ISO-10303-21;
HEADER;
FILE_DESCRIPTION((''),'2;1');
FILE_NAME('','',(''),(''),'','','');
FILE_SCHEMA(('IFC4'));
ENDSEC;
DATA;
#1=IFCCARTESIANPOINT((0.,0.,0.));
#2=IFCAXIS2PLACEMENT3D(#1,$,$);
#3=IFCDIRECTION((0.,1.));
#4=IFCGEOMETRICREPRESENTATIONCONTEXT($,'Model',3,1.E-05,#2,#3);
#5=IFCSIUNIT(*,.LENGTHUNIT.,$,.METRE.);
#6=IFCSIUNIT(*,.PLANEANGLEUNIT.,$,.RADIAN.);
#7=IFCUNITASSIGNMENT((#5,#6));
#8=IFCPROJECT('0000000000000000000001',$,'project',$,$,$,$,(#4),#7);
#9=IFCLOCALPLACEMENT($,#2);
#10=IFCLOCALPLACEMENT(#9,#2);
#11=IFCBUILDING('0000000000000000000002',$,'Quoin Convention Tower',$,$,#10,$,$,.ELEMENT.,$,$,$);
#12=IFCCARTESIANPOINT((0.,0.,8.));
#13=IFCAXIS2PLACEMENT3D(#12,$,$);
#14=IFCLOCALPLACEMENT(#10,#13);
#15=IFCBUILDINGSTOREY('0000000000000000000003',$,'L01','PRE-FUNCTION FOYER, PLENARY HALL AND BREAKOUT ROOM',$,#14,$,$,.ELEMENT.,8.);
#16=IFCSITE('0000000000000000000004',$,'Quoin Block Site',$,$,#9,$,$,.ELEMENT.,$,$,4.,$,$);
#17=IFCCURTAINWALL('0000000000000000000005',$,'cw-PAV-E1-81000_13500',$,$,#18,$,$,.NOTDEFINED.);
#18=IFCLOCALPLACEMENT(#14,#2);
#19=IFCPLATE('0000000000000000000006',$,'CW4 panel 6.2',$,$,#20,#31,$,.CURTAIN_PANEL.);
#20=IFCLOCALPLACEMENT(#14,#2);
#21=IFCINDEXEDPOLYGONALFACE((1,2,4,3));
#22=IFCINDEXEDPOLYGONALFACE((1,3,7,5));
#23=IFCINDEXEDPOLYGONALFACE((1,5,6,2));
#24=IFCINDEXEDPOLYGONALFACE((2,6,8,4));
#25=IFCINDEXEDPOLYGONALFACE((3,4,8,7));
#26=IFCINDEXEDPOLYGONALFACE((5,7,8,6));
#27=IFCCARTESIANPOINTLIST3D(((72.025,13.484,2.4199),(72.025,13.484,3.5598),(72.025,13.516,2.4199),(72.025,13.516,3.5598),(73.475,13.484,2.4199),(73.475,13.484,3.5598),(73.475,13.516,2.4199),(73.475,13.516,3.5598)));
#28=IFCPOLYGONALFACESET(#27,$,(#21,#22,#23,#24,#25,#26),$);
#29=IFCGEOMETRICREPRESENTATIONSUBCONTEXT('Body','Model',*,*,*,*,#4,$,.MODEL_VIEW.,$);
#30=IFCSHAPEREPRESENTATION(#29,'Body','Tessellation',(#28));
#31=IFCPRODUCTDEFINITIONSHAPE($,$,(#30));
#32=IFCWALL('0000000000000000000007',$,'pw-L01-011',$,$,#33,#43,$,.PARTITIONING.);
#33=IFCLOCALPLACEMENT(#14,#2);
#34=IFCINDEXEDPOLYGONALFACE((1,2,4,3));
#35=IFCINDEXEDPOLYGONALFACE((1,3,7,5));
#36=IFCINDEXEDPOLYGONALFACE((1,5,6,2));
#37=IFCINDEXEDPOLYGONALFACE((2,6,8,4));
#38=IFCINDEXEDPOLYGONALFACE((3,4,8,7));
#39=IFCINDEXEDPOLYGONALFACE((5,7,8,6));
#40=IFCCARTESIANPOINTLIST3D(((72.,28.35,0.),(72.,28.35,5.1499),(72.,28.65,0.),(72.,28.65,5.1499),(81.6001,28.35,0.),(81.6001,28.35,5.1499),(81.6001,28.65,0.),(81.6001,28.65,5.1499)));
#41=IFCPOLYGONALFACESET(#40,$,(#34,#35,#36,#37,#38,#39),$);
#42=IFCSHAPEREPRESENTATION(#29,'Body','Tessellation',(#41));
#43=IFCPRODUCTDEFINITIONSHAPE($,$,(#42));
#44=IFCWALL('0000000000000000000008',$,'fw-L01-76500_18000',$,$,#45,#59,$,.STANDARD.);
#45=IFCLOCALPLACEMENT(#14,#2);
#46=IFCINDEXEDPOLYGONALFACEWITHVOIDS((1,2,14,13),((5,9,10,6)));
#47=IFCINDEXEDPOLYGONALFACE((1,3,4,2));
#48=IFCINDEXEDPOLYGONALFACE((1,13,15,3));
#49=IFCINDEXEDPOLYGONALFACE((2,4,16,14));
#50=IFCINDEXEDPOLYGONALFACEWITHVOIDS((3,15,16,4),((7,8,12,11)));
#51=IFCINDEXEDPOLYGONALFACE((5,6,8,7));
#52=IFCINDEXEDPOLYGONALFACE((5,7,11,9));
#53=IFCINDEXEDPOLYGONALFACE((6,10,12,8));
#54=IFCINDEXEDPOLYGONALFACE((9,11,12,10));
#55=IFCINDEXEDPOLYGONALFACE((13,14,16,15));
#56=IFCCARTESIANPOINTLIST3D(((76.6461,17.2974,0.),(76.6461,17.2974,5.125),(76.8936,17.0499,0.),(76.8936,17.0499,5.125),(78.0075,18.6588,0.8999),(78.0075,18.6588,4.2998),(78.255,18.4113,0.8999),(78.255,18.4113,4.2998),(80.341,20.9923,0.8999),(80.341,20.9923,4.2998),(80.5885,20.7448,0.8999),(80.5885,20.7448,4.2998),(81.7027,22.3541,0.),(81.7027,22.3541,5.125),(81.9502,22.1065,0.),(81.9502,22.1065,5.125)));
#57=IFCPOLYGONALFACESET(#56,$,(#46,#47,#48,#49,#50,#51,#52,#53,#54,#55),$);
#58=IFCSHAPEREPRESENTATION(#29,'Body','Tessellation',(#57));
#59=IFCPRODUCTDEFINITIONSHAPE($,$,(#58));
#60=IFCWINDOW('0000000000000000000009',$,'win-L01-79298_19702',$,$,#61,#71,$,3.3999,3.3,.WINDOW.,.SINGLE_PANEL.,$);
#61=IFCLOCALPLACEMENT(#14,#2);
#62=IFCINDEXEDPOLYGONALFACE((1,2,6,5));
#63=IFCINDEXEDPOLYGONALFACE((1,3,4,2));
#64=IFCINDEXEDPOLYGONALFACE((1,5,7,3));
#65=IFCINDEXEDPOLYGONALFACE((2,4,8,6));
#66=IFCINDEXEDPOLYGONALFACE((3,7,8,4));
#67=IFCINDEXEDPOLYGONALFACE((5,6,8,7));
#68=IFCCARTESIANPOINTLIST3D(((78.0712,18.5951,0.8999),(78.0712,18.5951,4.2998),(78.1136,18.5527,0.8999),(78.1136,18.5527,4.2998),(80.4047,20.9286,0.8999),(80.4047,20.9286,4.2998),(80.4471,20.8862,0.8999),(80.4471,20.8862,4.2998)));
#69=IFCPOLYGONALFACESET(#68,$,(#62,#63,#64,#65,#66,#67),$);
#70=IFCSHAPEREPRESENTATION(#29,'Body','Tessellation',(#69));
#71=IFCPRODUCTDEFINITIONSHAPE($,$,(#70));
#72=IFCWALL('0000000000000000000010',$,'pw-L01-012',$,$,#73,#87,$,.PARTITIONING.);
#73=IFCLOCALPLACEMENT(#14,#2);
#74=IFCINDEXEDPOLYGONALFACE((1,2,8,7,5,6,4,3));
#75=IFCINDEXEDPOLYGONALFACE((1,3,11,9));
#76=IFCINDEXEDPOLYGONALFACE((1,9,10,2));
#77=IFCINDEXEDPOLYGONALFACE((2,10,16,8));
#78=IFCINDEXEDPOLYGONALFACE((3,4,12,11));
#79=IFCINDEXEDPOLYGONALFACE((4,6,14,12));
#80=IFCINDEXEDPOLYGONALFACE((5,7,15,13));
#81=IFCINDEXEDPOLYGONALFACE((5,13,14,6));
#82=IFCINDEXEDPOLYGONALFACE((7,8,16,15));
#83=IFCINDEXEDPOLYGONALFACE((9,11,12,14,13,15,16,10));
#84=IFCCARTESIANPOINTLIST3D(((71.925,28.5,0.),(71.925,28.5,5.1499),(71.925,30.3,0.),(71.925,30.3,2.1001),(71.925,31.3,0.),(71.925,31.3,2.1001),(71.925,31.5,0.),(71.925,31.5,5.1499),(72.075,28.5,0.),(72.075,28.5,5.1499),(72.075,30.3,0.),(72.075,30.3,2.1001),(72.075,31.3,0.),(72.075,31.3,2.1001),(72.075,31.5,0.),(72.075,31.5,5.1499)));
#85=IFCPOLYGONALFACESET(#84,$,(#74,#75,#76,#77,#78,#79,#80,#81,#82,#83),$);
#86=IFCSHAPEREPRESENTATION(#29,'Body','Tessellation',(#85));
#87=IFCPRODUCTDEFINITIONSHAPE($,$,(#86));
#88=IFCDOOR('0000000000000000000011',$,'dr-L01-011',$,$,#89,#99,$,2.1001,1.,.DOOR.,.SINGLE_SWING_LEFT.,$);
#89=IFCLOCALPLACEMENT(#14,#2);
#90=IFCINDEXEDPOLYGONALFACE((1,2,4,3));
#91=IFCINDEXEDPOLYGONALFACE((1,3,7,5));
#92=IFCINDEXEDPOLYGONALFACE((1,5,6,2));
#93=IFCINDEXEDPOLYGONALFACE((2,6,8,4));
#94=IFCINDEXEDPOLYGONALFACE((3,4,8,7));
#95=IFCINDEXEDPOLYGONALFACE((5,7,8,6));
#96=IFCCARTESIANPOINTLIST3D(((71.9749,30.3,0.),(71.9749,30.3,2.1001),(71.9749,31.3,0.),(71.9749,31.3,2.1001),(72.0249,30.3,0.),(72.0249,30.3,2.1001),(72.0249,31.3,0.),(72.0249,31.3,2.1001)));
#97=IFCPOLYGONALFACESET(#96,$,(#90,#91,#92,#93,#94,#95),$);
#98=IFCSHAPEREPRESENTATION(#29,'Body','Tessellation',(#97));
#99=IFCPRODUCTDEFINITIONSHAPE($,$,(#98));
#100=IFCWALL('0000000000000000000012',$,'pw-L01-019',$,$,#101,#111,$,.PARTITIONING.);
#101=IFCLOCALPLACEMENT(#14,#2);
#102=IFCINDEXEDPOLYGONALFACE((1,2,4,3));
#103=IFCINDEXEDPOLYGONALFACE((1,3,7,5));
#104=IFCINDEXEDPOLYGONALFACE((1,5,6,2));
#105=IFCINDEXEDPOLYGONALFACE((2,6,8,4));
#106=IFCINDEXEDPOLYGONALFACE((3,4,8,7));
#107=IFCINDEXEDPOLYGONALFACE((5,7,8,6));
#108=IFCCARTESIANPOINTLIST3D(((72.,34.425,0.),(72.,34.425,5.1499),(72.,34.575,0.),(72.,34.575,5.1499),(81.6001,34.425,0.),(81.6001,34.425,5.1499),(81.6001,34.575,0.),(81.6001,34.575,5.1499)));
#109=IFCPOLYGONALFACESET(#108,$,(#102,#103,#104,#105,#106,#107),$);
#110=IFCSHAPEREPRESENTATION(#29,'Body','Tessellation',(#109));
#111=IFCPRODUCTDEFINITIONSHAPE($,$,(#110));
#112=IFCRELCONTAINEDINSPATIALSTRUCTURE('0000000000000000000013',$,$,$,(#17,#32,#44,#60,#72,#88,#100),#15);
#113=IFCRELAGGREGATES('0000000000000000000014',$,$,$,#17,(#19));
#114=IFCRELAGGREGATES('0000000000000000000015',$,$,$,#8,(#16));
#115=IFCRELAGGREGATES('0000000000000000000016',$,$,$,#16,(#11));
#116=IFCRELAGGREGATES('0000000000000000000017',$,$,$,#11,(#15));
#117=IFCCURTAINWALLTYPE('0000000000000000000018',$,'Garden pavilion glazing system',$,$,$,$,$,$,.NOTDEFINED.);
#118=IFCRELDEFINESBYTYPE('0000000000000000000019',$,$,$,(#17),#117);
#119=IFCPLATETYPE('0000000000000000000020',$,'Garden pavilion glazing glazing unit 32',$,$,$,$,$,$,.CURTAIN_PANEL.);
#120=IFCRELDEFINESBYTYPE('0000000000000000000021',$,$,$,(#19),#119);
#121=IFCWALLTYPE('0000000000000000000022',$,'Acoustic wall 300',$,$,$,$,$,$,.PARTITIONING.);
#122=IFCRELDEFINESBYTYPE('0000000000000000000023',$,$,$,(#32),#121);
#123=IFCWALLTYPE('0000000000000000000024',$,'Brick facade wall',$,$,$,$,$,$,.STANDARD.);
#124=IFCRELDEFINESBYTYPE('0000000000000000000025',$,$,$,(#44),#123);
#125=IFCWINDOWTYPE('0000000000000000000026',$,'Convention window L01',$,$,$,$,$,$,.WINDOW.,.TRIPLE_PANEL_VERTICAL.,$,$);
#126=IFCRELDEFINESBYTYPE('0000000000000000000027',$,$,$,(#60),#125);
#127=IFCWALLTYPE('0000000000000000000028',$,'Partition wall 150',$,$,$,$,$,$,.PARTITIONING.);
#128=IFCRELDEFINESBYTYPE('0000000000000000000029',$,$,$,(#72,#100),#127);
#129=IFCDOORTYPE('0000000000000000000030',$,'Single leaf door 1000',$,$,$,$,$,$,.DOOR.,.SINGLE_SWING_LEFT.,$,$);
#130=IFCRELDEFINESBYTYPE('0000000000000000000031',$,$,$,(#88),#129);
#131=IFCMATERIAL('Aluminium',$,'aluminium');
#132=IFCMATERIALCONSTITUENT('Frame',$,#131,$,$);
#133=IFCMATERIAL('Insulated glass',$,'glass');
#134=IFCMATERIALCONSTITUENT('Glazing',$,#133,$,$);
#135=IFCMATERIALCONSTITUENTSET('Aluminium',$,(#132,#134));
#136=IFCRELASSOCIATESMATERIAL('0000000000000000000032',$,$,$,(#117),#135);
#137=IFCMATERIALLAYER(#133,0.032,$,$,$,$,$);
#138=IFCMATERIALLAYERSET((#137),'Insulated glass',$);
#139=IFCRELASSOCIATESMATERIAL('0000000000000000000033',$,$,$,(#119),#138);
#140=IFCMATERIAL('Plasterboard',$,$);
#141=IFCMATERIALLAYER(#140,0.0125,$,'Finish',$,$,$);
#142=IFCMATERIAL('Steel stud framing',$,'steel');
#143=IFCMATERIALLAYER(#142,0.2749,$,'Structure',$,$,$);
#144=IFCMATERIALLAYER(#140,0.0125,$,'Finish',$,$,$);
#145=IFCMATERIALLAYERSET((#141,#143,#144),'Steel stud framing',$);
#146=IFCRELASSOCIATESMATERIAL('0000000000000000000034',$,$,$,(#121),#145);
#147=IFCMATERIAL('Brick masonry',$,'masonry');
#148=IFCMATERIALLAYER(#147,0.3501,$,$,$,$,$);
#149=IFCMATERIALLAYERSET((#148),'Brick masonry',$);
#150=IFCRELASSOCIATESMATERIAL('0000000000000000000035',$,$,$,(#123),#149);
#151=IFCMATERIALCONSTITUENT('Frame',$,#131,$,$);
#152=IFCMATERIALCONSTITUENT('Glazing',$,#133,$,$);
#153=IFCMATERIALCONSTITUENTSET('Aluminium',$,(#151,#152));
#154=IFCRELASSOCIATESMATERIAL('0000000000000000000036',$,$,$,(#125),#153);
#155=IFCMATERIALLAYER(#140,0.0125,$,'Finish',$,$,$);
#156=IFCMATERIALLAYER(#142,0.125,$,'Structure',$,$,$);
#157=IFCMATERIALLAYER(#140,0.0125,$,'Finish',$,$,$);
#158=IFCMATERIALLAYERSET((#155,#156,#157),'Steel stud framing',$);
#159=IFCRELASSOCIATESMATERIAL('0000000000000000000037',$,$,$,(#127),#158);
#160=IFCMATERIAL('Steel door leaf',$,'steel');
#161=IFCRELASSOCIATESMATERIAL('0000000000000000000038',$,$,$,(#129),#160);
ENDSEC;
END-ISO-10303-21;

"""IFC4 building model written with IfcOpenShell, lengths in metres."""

from ifc_helpers import new_model, si_unit, direction, frame, frame_2d, origin, origin_2d, place, context, subcontext, project, spatial, rectangle, extrude, material, layer, layer_set, constituent, constituent_set, type_object, element, fill, aggregate, save


model = new_model("IFC4")

# Units and contexts
model_context = context("Model", 3, precision=1e-05, world=origin(), true_north=direction((0.0, 1.0)))
body_context = subcontext(model_context, "Body", "Model", "MODEL_VIEW")
ifc_project = project(units=[si_unit("LENGTHUNIT", "METRE"), si_unit("PLANEANGLEUNIT", "RADIAN")], contexts=[model_context])

# Site, building, storey
site_placement = place(None, origin())
site = spatial("IfcSite", under=ifc_project, at=site_placement, Name="Quoin Block Site", CompositionType="ELEMENT", RefElevation=4.0)
building_placement = place(site_placement, origin())
building = spatial("IfcBuilding", under=site, at=building_placement, Name="Quoin Convention Tower", CompositionType="ELEMENT")
storey_placement = place(building_placement, frame((0.0, 0.0, 8.0)))
storey = spatial("IfcBuildingStorey", under=building, at=storey_placement, Name="L01", Description="PRE-FUNCTION FOYER, PLENARY HALL AND BREAKOUT ROOM", CompositionType="ELEMENT", Elevation=8.0)

# Curtain wall
ifc_material_1 = material(Name="Aluminium", Category="aluminium")
ifc_constituent_1 = constituent(ifc_material_1, Name="Frame")
ifc_material_2 = material(Name="Insulated glass", Category="glass")
ifc_constituent_2 = constituent(ifc_material_2, Name="Glazing")
ifc_constituent_set_1 = constituent_set(constituents=[ifc_constituent_1, ifc_constituent_2], Name="Aluminium")
curtain_wall_type = type_object("IfcCurtainWallType", Name="Garden pavilion glazing system", PredefinedType="NOTDEFINED", material=ifc_constituent_set_1)
curtain_wall_placement = place(storey_placement, origin())
curtain_wall = element("IfcCurtainWall", 1, at=curtain_wall_placement, inside=storey, type_object=curtain_wall_type, Name="cw-PAV-E1-81000_13500", PredefinedType="NOTDEFINED")

# Plate
ifc_layer_1 = layer(ifc_material_2, 0.032)
ifc_layer_set_1 = layer_set([ifc_layer_1], Name="Insulated glass")
plate_type = type_object("IfcPlateType", Name="Garden pavilion glazing glazing unit 32", PredefinedType="CURTAIN_PANEL", material=ifc_layer_set_1)
plate_1_placement = place(storey_placement, frame((72.75, 13.5, 2.4199), z_axis=(0.0, 0.0, 1.0), x_axis=(-1.0, 0.0, 0.0)))
plate_1 = element("IfcPlate", 2, at=plate_1_placement, type_object=plate_type, Name="CW4 panel 6.2", PredefinedType="CURTAIN_PANEL", context=body_context, shape_type="SweptSolid", body=[
    extrude(rectangle(XDim=1.45, YDim=0.032, at=origin_2d()), origin(), (0.0, 0.0, 1.0), 1.1399),
])
aggregate(curtain_wall, [plate_1])

# Wall
ifc_material_3 = material(Name="Plasterboard")
ifc_layer_2 = layer(ifc_material_3, 0.0125, Name="Finish")
ifc_material_4 = material(Name="Steel stud framing", Category="steel")
ifc_layer_3 = layer(ifc_material_4, 0.2749, Name="Structure")
ifc_layer_4 = layer(ifc_material_3, 0.0125, Name="Finish")
ifc_layer_set_2 = layer_set([ifc_layer_2, ifc_layer_3, ifc_layer_4], Name="Steel stud framing")
wall_type_1 = type_object("IfcWallType", Name="Acoustic wall 300", PredefinedType="PARTITIONING", material=ifc_layer_set_2)
wall_1_placement = place(storey_placement, frame((72.0, 28.5, 0.0), z_axis=(0.0, 0.0, 1.0), x_axis=(1.0, 0.0, 0.0)))
element("IfcWall", 3, at=wall_1_placement, inside=storey, type_object=wall_type_1, Name="pw-L01-011", PredefinedType="PARTITIONING", context=body_context, shape_type="SweptSolid", body=[
    extrude(rectangle(XDim=9.6001, YDim=0.3, at=frame_2d((4.8, 0.0))), origin(), (0.0, 0.0, 1.0), 5.1499),
])

# Wall, opening, window
ifc_material_5 = material(Name="Brick masonry", Category="masonry")
ifc_layer_5 = layer(ifc_material_5, 0.3501)
ifc_layer_set_3 = layer_set([ifc_layer_5], Name="Brick masonry")
wall_type_2 = type_object("IfcWallType", Name="Brick facade wall", PredefinedType="STANDARD", material=ifc_layer_set_3)
wall_2_placement = place(storey_placement, frame((76.7698, 17.1736, 0.0), z_axis=(0.0, 0.0, 1.0), x_axis=(0.707107, 0.707107, 0.0)))
wall_2 = element("IfcWall", 4, at=wall_2_placement, inside=storey, type_object=wall_type_2, Name="fw-L01-76500_18000", PredefinedType="STANDARD", context=body_context, shape_type="SweptSolid", body=[
    extrude(rectangle(XDim=7.1511, YDim=0.3501, at=frame_2d((3.5757, 0.0))), origin(), (0.0, 0.0, 1.0), 5.125),
])
opening_1_placement = place(wall_2_placement, frame((1.9255, 0.0, 0.8999)))
opening_1 = element("IfcOpeningElement", 5, at=opening_1_placement, cuts=wall_2, PredefinedType="OPENING", context=body_context, shape_type="SweptSolid", body=[
    extrude(rectangle(XDim=3.3, YDim=3.3999, at=frame_2d((1.6499, 1.7))), frame((0.0, 0.1851, 0.0), z_axis=(0.0, -1.0, 0.0), x_axis=(1.0, 0.0, 0.0)), (0.0, 0.0, 1.0), 0.3701),
])
ifc_constituent_3 = constituent(ifc_material_1, Name="Frame")
ifc_constituent_4 = constituent(ifc_material_2, Name="Glazing")
ifc_constituent_set_2 = constituent_set(constituents=[ifc_constituent_3, ifc_constituent_4], Name="Aluminium")
window_type = type_object("IfcWindowType", Name="Convention window L01", PartitioningType="TRIPLE_PANEL_VERTICAL", PredefinedType="WINDOW", material=ifc_constituent_set_2)
window_placement = place(opening_1_placement, origin())
window = element("IfcWindow", 6, at=window_placement, inside=storey, type_object=window_type, Name="win-L01-79298_19702", OverallHeight=3.3999, OverallWidth=3.3, PartitioningType="SINGLE_PANEL", PredefinedType="WINDOW", context=body_context, shape_type="SweptSolid", body=[
    extrude(rectangle(XDim=3.3, YDim=3.3999, at=frame_2d((1.6499, 1.7))), frame((0.0, 0.085, 0.0), z_axis=(0.0, -1.0, 0.0), x_axis=(1.0, 0.0, 0.0)), (0.0, 0.0, 1.0), 0.0601),
])
fill(opening_1, window)

# Wall, opening, door
ifc_layer_6 = layer(ifc_material_3, 0.0125, Name="Finish")
ifc_layer_7 = layer(ifc_material_4, 0.125, Name="Structure")
ifc_layer_8 = layer(ifc_material_3, 0.0125, Name="Finish")
ifc_layer_set_4 = layer_set([ifc_layer_6, ifc_layer_7, ifc_layer_8], Name="Steel stud framing")
wall_type_3 = type_object("IfcWallType", Name="Partition wall 150", PredefinedType="PARTITIONING", material=ifc_layer_set_4)
wall_3_placement = place(storey_placement, frame((72.0, 28.5, 0.0), z_axis=(0.0, 0.0, 1.0), x_axis=(0.0, 1.0, 0.0)))
wall_3 = element("IfcWall", 7, at=wall_3_placement, inside=storey, type_object=wall_type_3, Name="pw-L01-012", PredefinedType="PARTITIONING", context=body_context, shape_type="SweptSolid", body=[
    extrude(rectangle(XDim=3.0, YDim=0.1499, at=frame_2d((1.5, 0.0))), origin(), (0.0, 0.0, 1.0), 5.1499),
])
opening_2_placement = place(wall_3_placement, frame((1.8, 0.0, 0.0)))
opening_2 = element("IfcOpeningElement", 8, at=opening_2_placement, cuts=wall_3, PredefinedType="OPENING", context=body_context, shape_type="SweptSolid", body=[
    extrude(rectangle(XDim=1.0, YDim=2.1001, at=frame_2d((0.5, 1.05))), frame((0.0, 0.085, 0.0), z_axis=(0.0, -1.0, 0.0), x_axis=(1.0, 0.0, 0.0)), (0.0, 0.0, 1.0), 0.1699),
])
ifc_material_6 = material(Name="Steel door leaf", Category="steel")
door_type = type_object("IfcDoorType", Name="Single leaf door 1000", OperationType="SINGLE_SWING_LEFT", PredefinedType="DOOR", material=ifc_material_6)
door_placement = place(opening_2_placement, frame((1.0, 0.0, 0.0), z_axis=(0.0, 0.0, 1.0), x_axis=(-1.0, 0.0, 0.0)))
door = element("IfcDoor", 9, at=door_placement, inside=storey, type_object=door_type, Name="dr-L01-011", OperationType="SINGLE_SWING_LEFT", OverallHeight=2.1001, OverallWidth=1.0, PredefinedType="DOOR", context=body_context, shape_type="SweptSolid", body=[
    extrude(rectangle(XDim=1.0, YDim=2.1001, at=frame_2d((0.5, 1.05))), frame((0.0, 0.0249, 0.0), z_axis=(0.0, -1.0, 0.0), x_axis=(1.0, 0.0, 0.0)), (0.0, 0.0, 1.0), 0.05),
])
fill(opening_2, door)

# Wall
wall_4_placement = place(storey_placement, frame((72.0, 34.5, 0.0), z_axis=(0.0, 0.0, 1.0), x_axis=(1.0, 0.0, 0.0)))
element("IfcWall", 10, at=wall_4_placement, inside=storey, type_object=wall_type_3, Name="pw-L01-019", PredefinedType="PARTITIONING", context=body_context, shape_type="SweptSolid", body=[
    extrude(rectangle(XDim=9.6001, YDim=0.1499, at=frame_2d((4.8, 0.0))), origin(), (0.0, 0.0, 1.0), 5.1499),
])

save(model, "model.ifc")
